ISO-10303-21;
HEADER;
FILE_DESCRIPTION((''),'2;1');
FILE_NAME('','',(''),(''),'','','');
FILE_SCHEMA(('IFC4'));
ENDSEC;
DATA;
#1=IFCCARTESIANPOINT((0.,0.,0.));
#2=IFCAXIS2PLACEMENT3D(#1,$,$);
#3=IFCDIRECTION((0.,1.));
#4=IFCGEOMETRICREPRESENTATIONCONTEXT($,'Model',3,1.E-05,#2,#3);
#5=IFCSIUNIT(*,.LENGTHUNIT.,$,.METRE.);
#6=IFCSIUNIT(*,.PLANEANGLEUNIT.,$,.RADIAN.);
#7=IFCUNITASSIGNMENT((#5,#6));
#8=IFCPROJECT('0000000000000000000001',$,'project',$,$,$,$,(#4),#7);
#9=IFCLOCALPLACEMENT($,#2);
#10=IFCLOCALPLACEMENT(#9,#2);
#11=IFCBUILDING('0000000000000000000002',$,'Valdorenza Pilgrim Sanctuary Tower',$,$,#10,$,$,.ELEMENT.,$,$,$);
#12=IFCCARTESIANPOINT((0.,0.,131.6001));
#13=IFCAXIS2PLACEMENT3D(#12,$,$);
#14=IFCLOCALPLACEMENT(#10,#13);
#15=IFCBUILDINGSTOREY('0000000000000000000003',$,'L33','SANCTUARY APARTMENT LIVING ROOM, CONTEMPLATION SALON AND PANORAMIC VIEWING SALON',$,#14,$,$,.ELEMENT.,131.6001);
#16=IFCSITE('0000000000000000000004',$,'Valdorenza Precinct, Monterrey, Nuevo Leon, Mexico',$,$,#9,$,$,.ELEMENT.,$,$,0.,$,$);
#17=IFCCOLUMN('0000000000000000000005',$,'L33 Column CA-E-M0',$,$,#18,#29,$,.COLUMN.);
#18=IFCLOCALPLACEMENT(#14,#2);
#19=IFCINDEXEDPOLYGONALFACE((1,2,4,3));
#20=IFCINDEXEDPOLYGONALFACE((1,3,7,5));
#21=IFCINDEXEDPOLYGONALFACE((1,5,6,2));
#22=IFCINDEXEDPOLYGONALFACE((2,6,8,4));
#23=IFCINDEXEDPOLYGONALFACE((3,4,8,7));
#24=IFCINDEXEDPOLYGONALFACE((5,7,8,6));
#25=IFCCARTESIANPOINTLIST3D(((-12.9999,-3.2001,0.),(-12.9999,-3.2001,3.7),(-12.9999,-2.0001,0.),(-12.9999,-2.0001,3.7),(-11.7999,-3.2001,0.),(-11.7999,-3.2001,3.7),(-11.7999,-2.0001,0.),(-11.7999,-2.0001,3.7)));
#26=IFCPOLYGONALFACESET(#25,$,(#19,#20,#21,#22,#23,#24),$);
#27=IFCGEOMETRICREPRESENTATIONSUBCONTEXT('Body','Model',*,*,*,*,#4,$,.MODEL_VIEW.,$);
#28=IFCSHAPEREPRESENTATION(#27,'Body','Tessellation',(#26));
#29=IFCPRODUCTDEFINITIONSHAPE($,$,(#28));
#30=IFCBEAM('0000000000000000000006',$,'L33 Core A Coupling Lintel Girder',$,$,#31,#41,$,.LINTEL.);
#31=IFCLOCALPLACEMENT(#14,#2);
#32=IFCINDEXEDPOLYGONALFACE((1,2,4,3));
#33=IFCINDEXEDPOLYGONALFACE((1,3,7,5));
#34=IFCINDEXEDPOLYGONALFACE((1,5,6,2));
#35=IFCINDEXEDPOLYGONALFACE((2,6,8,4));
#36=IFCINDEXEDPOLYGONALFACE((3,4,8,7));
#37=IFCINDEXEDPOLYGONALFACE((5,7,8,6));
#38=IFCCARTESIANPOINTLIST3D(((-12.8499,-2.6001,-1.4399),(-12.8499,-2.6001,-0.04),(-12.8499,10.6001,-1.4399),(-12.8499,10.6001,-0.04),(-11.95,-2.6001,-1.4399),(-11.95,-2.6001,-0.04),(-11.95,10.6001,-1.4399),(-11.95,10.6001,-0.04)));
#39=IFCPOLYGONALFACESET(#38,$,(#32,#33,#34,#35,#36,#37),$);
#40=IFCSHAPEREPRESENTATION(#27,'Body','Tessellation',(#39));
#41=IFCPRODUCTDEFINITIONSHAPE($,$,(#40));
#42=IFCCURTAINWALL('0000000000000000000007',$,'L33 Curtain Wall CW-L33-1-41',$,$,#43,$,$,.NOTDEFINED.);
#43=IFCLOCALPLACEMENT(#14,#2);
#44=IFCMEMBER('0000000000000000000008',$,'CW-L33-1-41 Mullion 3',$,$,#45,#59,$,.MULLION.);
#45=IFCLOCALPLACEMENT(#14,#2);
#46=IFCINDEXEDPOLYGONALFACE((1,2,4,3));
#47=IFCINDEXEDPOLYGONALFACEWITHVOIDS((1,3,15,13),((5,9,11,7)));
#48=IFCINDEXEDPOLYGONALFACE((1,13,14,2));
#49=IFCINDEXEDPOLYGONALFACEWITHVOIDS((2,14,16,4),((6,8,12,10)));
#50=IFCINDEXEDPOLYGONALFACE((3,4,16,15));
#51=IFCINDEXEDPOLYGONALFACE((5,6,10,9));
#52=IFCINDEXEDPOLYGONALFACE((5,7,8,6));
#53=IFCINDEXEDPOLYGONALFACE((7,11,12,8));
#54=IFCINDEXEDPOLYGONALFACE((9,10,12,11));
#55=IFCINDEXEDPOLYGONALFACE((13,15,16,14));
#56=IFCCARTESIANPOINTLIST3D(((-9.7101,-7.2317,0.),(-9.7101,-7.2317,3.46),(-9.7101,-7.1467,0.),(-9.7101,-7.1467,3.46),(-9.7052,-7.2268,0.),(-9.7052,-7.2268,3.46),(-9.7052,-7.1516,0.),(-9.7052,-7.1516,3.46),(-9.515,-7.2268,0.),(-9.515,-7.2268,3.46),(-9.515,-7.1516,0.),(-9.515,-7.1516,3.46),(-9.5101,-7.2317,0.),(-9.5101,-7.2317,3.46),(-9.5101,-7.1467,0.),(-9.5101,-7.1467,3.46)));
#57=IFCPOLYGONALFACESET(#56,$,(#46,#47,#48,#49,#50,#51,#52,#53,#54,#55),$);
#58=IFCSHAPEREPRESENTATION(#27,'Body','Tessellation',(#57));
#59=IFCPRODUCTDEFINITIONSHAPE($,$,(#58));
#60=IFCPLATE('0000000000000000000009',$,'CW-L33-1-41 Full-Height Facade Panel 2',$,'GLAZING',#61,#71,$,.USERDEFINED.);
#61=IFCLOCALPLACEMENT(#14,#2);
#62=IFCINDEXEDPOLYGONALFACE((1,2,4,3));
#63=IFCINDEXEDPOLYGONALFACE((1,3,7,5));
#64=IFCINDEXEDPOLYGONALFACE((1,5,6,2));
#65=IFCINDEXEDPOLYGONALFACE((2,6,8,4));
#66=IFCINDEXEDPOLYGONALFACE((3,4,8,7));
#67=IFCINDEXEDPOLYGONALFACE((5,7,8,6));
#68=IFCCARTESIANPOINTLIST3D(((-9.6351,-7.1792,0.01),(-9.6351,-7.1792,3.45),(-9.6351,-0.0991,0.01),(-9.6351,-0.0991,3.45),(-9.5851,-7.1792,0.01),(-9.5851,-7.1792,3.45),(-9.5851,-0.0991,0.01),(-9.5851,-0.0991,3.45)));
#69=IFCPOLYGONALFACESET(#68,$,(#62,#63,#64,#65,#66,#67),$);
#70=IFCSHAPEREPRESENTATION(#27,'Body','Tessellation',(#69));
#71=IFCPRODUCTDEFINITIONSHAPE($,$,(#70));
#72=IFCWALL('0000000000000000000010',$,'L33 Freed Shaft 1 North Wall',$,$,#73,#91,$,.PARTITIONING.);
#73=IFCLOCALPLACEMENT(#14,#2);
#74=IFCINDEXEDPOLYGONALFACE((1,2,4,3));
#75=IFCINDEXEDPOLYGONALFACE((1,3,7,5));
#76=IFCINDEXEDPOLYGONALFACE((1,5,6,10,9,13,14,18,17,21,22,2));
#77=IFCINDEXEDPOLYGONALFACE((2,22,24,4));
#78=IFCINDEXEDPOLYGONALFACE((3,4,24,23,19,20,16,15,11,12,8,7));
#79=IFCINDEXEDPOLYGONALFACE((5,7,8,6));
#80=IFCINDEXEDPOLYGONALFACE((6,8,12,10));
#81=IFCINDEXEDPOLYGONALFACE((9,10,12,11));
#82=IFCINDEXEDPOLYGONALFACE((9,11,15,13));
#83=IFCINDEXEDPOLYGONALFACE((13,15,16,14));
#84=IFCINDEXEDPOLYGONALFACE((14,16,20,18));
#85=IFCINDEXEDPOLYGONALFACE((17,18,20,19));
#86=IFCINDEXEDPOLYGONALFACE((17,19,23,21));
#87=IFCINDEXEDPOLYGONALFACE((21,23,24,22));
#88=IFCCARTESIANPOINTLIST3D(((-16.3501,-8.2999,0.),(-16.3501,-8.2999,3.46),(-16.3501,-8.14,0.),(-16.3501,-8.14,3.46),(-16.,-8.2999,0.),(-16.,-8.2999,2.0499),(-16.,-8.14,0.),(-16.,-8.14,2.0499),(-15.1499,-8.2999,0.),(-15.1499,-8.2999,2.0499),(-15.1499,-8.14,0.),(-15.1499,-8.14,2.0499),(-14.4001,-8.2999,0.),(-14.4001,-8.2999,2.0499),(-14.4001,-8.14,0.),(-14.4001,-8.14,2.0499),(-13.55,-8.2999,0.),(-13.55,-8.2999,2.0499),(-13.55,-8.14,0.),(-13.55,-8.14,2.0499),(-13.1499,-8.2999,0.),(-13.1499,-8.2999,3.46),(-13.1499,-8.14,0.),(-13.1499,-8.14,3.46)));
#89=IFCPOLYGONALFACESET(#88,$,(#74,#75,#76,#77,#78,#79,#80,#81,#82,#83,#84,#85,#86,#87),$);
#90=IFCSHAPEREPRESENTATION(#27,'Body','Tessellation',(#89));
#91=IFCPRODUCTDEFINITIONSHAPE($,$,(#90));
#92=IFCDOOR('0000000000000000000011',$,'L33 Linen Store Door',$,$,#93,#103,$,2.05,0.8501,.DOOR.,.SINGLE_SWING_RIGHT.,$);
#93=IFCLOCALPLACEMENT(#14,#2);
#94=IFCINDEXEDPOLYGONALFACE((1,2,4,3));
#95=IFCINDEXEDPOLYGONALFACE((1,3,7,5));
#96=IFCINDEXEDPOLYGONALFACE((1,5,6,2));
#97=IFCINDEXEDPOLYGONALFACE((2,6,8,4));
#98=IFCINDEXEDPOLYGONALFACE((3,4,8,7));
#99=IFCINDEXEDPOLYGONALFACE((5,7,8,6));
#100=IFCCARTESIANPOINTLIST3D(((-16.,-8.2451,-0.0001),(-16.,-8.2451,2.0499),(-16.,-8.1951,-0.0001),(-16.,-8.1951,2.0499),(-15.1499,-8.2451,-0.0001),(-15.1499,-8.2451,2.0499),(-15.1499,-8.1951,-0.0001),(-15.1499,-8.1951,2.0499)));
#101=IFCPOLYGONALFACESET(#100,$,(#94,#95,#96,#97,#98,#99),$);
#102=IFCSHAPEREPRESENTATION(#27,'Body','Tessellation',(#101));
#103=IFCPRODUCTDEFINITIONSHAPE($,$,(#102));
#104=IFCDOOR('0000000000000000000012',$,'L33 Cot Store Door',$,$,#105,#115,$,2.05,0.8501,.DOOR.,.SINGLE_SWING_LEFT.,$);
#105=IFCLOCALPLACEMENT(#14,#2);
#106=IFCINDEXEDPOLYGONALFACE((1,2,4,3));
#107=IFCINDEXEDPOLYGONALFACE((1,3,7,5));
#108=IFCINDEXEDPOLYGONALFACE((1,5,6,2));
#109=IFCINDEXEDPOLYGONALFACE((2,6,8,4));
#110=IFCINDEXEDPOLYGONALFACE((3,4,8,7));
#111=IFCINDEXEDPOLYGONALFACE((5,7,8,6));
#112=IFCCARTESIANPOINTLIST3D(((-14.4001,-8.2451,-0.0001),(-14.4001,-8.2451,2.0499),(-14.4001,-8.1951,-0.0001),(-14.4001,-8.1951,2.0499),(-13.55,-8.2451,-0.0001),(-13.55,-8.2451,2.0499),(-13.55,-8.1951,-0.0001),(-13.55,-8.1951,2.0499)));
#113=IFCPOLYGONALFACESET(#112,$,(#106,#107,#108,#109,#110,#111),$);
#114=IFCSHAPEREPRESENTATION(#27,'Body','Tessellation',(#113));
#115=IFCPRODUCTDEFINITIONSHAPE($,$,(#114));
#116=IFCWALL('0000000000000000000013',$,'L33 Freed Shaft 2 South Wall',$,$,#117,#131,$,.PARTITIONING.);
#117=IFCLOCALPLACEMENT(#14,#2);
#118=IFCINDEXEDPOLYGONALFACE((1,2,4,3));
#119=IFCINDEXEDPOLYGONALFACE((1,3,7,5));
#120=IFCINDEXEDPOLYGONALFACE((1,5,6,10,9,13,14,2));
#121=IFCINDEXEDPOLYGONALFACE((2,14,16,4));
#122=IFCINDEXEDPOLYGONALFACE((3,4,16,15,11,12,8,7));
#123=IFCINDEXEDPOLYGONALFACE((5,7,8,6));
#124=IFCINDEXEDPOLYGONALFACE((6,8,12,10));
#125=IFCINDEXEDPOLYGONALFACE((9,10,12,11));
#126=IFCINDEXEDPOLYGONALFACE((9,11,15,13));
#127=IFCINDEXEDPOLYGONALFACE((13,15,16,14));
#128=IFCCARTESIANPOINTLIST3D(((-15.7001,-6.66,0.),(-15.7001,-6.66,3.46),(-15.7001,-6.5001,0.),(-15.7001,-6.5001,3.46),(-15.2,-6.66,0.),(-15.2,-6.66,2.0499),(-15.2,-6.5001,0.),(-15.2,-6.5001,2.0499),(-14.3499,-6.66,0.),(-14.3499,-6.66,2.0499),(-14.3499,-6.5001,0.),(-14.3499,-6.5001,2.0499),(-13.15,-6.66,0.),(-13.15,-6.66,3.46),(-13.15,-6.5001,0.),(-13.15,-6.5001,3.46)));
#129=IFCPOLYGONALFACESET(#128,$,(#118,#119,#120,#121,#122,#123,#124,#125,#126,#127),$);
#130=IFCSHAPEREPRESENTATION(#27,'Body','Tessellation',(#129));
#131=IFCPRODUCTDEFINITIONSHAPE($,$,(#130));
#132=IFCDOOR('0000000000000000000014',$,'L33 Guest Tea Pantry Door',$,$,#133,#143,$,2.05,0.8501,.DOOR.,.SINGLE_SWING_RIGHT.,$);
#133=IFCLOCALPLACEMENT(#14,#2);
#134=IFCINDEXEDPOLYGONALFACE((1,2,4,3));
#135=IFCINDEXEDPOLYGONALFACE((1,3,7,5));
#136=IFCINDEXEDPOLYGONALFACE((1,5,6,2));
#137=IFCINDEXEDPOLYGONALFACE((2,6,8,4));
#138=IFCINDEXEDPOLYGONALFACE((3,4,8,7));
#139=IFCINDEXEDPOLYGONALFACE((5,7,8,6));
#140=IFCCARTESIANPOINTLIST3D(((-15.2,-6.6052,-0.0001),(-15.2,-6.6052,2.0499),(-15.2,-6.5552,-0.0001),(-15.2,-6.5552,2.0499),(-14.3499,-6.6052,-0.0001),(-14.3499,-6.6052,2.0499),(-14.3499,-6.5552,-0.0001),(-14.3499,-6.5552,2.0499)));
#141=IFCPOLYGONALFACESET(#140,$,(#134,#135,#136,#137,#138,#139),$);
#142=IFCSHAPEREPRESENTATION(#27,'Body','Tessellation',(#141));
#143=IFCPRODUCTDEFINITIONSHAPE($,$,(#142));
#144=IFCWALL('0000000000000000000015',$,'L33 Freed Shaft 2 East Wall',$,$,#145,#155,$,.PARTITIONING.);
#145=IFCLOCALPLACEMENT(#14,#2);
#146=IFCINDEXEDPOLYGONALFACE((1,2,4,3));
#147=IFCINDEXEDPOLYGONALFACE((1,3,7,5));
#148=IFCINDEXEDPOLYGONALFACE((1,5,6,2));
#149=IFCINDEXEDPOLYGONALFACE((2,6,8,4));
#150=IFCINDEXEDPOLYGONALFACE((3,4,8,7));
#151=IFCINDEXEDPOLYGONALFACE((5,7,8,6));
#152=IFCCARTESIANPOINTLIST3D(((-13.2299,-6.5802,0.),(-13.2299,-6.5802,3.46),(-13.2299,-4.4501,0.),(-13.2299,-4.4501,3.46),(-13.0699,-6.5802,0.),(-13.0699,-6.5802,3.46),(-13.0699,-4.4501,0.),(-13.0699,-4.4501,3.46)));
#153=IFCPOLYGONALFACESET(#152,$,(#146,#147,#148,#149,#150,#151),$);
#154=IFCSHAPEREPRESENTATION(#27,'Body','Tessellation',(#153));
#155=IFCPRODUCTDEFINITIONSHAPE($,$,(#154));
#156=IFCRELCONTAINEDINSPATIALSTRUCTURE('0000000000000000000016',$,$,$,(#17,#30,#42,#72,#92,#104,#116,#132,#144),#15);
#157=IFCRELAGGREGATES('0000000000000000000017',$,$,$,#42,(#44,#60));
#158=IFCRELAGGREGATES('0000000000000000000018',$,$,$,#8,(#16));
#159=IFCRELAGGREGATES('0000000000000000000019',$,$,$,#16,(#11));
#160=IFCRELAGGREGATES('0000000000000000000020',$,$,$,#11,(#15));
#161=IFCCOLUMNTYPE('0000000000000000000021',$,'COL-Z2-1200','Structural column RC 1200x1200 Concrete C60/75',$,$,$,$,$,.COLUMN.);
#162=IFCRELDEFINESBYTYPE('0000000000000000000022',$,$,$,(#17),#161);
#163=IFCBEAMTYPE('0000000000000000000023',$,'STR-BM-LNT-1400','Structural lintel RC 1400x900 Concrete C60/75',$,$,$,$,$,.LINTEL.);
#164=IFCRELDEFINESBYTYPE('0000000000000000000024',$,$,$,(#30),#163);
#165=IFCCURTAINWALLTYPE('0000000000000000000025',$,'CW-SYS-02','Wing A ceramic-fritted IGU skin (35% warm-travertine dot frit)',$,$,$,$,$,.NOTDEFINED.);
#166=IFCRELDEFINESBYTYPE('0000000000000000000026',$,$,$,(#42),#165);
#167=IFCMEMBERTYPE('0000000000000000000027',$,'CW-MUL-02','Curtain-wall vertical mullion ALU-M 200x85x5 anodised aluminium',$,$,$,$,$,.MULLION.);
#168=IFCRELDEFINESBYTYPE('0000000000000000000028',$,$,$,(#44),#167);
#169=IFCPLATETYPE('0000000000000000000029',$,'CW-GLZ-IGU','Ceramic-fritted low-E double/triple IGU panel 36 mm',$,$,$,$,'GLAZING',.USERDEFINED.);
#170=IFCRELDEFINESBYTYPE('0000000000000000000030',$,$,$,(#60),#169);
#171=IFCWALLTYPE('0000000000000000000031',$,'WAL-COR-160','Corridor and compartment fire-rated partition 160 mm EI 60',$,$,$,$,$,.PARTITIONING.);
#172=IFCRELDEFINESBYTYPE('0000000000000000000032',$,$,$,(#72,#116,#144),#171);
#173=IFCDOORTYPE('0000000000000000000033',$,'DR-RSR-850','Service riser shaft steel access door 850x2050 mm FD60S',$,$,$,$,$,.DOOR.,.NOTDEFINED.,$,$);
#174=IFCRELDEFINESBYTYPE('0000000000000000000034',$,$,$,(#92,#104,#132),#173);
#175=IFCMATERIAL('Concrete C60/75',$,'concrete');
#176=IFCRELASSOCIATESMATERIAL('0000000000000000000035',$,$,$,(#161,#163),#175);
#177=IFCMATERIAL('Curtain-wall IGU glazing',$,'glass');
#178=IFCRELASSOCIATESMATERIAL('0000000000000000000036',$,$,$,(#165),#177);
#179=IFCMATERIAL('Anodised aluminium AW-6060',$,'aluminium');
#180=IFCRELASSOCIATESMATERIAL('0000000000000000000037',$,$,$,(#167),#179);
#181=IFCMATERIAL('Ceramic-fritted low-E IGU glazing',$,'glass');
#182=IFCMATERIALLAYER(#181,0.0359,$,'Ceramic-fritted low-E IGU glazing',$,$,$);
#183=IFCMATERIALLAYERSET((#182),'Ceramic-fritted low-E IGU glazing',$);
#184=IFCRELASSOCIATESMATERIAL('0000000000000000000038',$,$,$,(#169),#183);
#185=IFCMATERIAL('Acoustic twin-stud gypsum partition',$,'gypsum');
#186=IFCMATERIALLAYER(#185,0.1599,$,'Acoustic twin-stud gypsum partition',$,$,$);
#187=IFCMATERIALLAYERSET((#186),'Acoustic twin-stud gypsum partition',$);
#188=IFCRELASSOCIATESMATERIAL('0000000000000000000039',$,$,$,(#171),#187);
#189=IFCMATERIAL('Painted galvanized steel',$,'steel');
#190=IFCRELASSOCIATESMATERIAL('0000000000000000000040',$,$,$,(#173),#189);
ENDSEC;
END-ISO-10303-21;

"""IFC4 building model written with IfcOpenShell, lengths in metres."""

from ifc_helpers import new_model, si_unit, direction, frame, frame_2d, origin, origin_2d, place, context, subcontext, project, spatial, rectangle, hollow_rectangle, extrude, source, transform, mapped, material, layer, layer_set, material_profile, profile_set, type_object, element, fill, aggregate, save


model = new_model("IFC4")

# Units and contexts
model_context = context("Model", 3, precision=1e-05, world=origin(), true_north=direction((0.0, 1.0)))
body_context = subcontext(model_context, "Body", "Model", "MODEL_VIEW")
ifc_project = project(units=[si_unit("LENGTHUNIT", "METRE"), si_unit("PLANEANGLEUNIT", "RADIAN")], contexts=[model_context])

# Site, building, storey
site_placement = place(None, origin())
site = spatial("IfcSite", under=ifc_project, at=site_placement, Name="Valdorenza Precinct, Monterrey, Nuevo Leon, Mexico", CompositionType="ELEMENT", RefElevation=0.0)
building_placement = place(site_placement, origin())
building = spatial("IfcBuilding", under=site, at=building_placement, Name="Valdorenza Pilgrim Sanctuary Tower", CompositionType="ELEMENT")
storey_placement = place(building_placement, frame((0.0, 0.0, 131.6001)))
storey = spatial("IfcBuildingStorey", under=building, at=storey_placement, Name="L33", Description="SANCTUARY APARTMENT LIVING ROOM, CONTEMPLATION SALON AND PANORAMIC VIEWING SALON", CompositionType="ELEMENT", Elevation=131.6001)

# Column
ifc_material_1 = material(Name="Concrete C60/75", Category="concrete")
ifc_material_profile_1 = material_profile(ifc_material_1, rectangle(XDim=1.2, YDim=1.2, at=origin_2d()), Name="RC 1200x1200")
ifc_profile_set_1 = profile_set([ifc_material_profile_1], Name="Concrete C60/75")
column_type = type_object("IfcColumnType", Name="COL-Z2-1200", Description="Structural column RC 1200x1200 Concrete C60/75", PredefinedType="COLUMN", material=ifc_profile_set_1)
shared_shape_1 = source(origin(), body_context, "Body", "SweptSolid", [
    extrude(rectangle(XDim=1.2, YDim=1.2, at=origin_2d()), origin(), (0.0, 0.0, 1.0), 3.7),
])
column_placement = place(storey_placement, frame((-12.3999, -2.6001, 0.0), z_axis=(0.0, 0.0, 1.0), x_axis=(1.0, 0.0, 0.0)))
element("IfcColumn", 1, at=column_placement, inside=storey, type_object=column_type, Name="L33 Column CA-E-M0", PredefinedType="COLUMN", context=body_context, shape_type="MappedRepresentation", body=[
    mapped(shared_shape_1, transform((0.0, 0.0, 0.0), x_axis=(1.0, 0.0, 0.0), y_axis=(0.0, 1.0, 0.0), z_axis=(0.0, 0.0, 1.0), scale=1.0)),
])

# Beam
ifc_material_profile_2 = material_profile(ifc_material_1, rectangle(XDim=0.8999, YDim=1.3999, at=origin_2d()), Name="RC 1400x900")
ifc_profile_set_2 = profile_set([ifc_material_profile_2], Name="Concrete C60/75")
beam_type = type_object("IfcBeamType", Name="STR-BM-LNT-1400", Description="Structural lintel RC 1400x900 Concrete C60/75", PredefinedType="LINTEL", material=ifc_profile_set_2)
shared_shape_2 = source(origin(), body_context, "Body", "SweptSolid", [
    extrude(rectangle(XDim=0.8999, YDim=1.3999, at=origin_2d()), origin(), (0.0, 0.0, 1.0), 13.2002),
])
beam_placement = place(storey_placement, frame((-12.3999, -2.6001, -0.74), z_axis=(0.0, 1.0, 0.0), x_axis=(-1.0, 0.0, 0.0)))
element("IfcBeam", 2, at=beam_placement, inside=storey, type_object=beam_type, Name="L33 Core A Coupling Lintel Girder", PredefinedType="LINTEL", context=body_context, shape_type="MappedRepresentation", body=[
    mapped(shared_shape_2, transform((0.0, 0.0, 0.0), x_axis=(1.0, 0.0, 0.0), y_axis=(0.0, 1.0, 0.0), z_axis=(0.0, 0.0, 1.0), scale=1.0)),
])

# Curtain wall, member, plate
ifc_material_2 = material(Name="Curtain-wall IGU glazing", Category="glass")
curtain_wall_type = type_object("IfcCurtainWallType", Name="CW-SYS-02", Description="Wing A ceramic-fritted IGU skin (35% warm-travertine dot frit)", PredefinedType="NOTDEFINED", material=ifc_material_2)
curtain_wall_placement = place(storey_placement, origin())
curtain_wall = element("IfcCurtainWall", 3, at=curtain_wall_placement, inside=storey, type_object=curtain_wall_type, Name="L33 Curtain Wall CW-L33-1-41", PredefinedType="NOTDEFINED")
ifc_material_3 = material(Name="Anodised aluminium AW-6060", Category="aluminium")
ifc_material_profile_3 = material_profile(ifc_material_3, hollow_rectangle(XDim=0.085, YDim=0.2, WallThickness=0.0049, at=origin_2d()), Name="ALU-M 200x85x5")
ifc_profile_set_3 = profile_set([ifc_material_profile_3], Name="Anodised aluminium AW-6060")
member_type = type_object("IfcMemberType", Name="CW-MUL-02", Description="Curtain-wall vertical mullion ALU-M 200x85x5 anodised aluminium", PredefinedType="MULLION", material=ifc_profile_set_3)
shared_shape_3 = source(origin(), body_context, "Body", "SweptSolid", [
    extrude(hollow_rectangle(XDim=0.085, YDim=0.2, WallThickness=0.0049, at=origin_2d()), origin(), (0.0, 0.0, 1.0), 3.46),
])
member_placement = place(storey_placement, frame((-9.6101, -7.1892, 0.0), z_axis=(0.0, 0.0, 1.0), x_axis=(0.0, -1.0, 0.0)))
member = element("IfcMember", 4, at=member_placement, type_object=member_type, Name="CW-L33-1-41 Mullion 3", PredefinedType="MULLION", context=body_context, shape_type="MappedRepresentation", body=[
    mapped(shared_shape_3, transform((0.0, 0.0, 0.0), x_axis=(1.0, 0.0, 0.0), y_axis=(0.0, 1.0, 0.0), z_axis=(0.0, 0.0, 1.0), scale=1.0)),
])
ifc_material_4 = material(Name="Ceramic-fritted low-E IGU glazing", Category="glass")
ifc_layer_1 = layer(ifc_material_4, 0.0359, Name="Ceramic-fritted low-E IGU glazing")
ifc_layer_set_1 = layer_set([ifc_layer_1], Name="Ceramic-fritted low-E IGU glazing")
plate_type = type_object("IfcPlateType", Name="CW-GLZ-IGU", Description="Ceramic-fritted low-E double/triple IGU panel 36 mm", ElementType="GLAZING", PredefinedType="USERDEFINED", material=ifc_layer_set_1)
shared_shape_4 = source(origin(), body_context, "Body", "SweptSolid", [
    extrude(rectangle(XDim=7.0801, YDim=0.05, at=origin_2d()), origin(), (0.0, 0.0, 1.0), 3.4399),
])
plate_placement = place(storey_placement, frame((-9.6101, -3.6392, 0.01), z_axis=(0.0, 0.0, 1.0), x_axis=(0.0, -1.0, 0.0)))
plate = element("IfcPlate", 5, at=plate_placement, type_object=plate_type, Name="CW-L33-1-41 Full-Height Facade Panel 2", ObjectType="GLAZING", PredefinedType="USERDEFINED", context=body_context, shape_type="MappedRepresentation", body=[
    mapped(shared_shape_4, transform((0.0, 0.0, 0.0), x_axis=(1.0, 0.0, 0.0), y_axis=(0.0, 1.0, 0.0), z_axis=(0.0, 0.0, 1.0), scale=1.0)),
])
aggregate(curtain_wall, [member, plate])

# Wall, openings, doors
ifc_material_5 = material(Name="Acoustic twin-stud gypsum partition", Category="gypsum")
ifc_layer_2 = layer(ifc_material_5, 0.1599, Name="Acoustic twin-stud gypsum partition")
ifc_layer_set_2 = layer_set([ifc_layer_2], Name="Acoustic twin-stud gypsum partition")
wall_type_1 = type_object("IfcWallType", Name="WAL-COR-160", Description="Corridor and compartment fire-rated partition 160 mm EI 60", PredefinedType="PARTITIONING", material=ifc_layer_set_2)
wall_1_placement = place(storey_placement, frame((-16.3501, -8.22, 0.0), z_axis=(0.0, 0.0, 1.0), x_axis=(1.0, 0.0, 0.0)))
wall_1 = element("IfcWall", 6, at=wall_1_placement, inside=storey, type_object=wall_type_1, Name="L33 Freed Shaft 1 North Wall", PredefinedType="PARTITIONING", context=body_context, shape_type="SweptSolid", body=[
    extrude(rectangle(XDim=3.2002, YDim=0.1599, at=frame_2d((1.6001, 0.0))), origin(), (0.0, 0.0, 1.0), 3.46),
])
opening_1_placement = place(wall_1_placement, frame((0.3501, 0.0, 0.0)))
opening_1 = element("IfcOpeningElement", 7, at=opening_1_placement, cuts=wall_1, PredefinedType="OPENING", context=body_context, shape_type="SweptSolid", body=[
    extrude(rectangle(XDim=0.8501, YDim=2.05, at=frame_2d((0.425, 1.0249))), frame((0.0, 0.0947, 0.0), z_axis=(0.0, -1.0, 0.0), x_axis=(1.0, 0.0, 0.0)), (0.0, 0.0, 1.0), 0.1897),
])
opening_2_placement = place(wall_1_placement, frame((1.95, 0.0, 0.0)))
opening_2 = element("IfcOpeningElement", 8, at=opening_2_placement, cuts=wall_1, PredefinedType="OPENING", context=body_context, shape_type="SweptSolid", body=[
    extrude(rectangle(XDim=0.8501, YDim=2.05, at=frame_2d((0.425, 1.0249))), frame((0.0, 0.0947, 0.0), z_axis=(0.0, -1.0, 0.0), x_axis=(1.0, 0.0, 0.0)), (0.0, 0.0, 1.0), 0.1897),
])
ifc_material_6 = material(Name="Painted galvanized steel", Category="steel")
door_type_1 = type_object("IfcDoorType", Name="DR-RSR-850", Description="Service riser shaft steel access door 850x2050 mm FD60S", OperationType="NOTDEFINED", PredefinedType="DOOR", material=ifc_material_6)
door_1_placement = place(opening_1_placement, origin())
door_1 = element("IfcDoor", 9, at=door_1_placement, inside=storey, type_object=door_type_1, Name="L33 Linen Store Door", OperationType="SINGLE_SWING_RIGHT", OverallHeight=2.05, OverallWidth=0.8501, PredefinedType="DOOR", context=body_context, shape_type="SweptSolid", body=[
    extrude(rectangle(XDim=0.8501, YDim=2.05, at=frame_2d((0.425, 1.0249))), frame((0.0, 0.0249, 0.0), z_axis=(0.0, -1.0, 0.0), x_axis=(1.0, 0.0, 0.0)), (0.0, 0.0, 1.0), 0.05),
])
fill(opening_1, door_1)
door_2_placement = place(opening_2_placement, origin())
door_2 = element("IfcDoor", 10, at=door_2_placement, inside=storey, type_object=door_type_1, Name="L33 Cot Store Door", OperationType="SINGLE_SWING_LEFT", OverallHeight=2.05, OverallWidth=0.8501, PredefinedType="DOOR", context=body_context, shape_type="SweptSolid", body=[
    extrude(rectangle(XDim=0.8501, YDim=2.05, at=frame_2d((0.425, 1.0249))), frame((0.0, 0.0249, 0.0), z_axis=(0.0, -1.0, 0.0), x_axis=(1.0, 0.0, 0.0)), (0.0, 0.0, 1.0), 0.05),
])
fill(opening_2, door_2)

# Wall, opening, door
wall_2_placement = place(storey_placement, frame((-15.7, -6.5801, 0.0), z_axis=(0.0, 0.0, 1.0), x_axis=(1.0, 0.0, 0.0)))
wall_2 = element("IfcWall", 11, at=wall_2_placement, inside=storey, type_object=wall_type_1, Name="L33 Freed Shaft 2 South Wall", PredefinedType="PARTITIONING", context=body_context, shape_type="SweptSolid", body=[
    extrude(rectangle(XDim=2.55, YDim=0.1599, at=frame_2d((1.2749, 0.0))), origin(), (0.0, 0.0, 1.0), 3.46),
])
opening_3_placement = place(wall_2_placement, frame((0.5, 0.0, 0.0)))
opening_3 = element("IfcOpeningElement", 12, at=opening_3_placement, cuts=wall_2, PredefinedType="OPENING", context=body_context, shape_type="SweptSolid", body=[
    extrude(rectangle(XDim=0.8501, YDim=2.05, at=frame_2d((0.425, 1.0249))), frame((0.0, 0.0947, 0.0), z_axis=(0.0, -1.0, 0.0), x_axis=(1.0, 0.0, 0.0)), (0.0, 0.0, 1.0), 0.1897),
])
door_3_placement = place(opening_3_placement, origin())
door_3 = element("IfcDoor", 13, at=door_3_placement, inside=storey, type_object=door_type_1, Name="L33 Guest Tea Pantry Door", OperationType="SINGLE_SWING_RIGHT", OverallHeight=2.05, OverallWidth=0.8501, PredefinedType="DOOR", context=body_context, shape_type="SweptSolid", body=[
    extrude(rectangle(XDim=0.8501, YDim=2.05, at=frame_2d((0.425, 1.0249))), frame((0.0, 0.0249, 0.0), z_axis=(0.0, -1.0, 0.0), x_axis=(1.0, 0.0, 0.0)), (0.0, 0.0, 1.0), 0.05),
])
fill(opening_3, door_3)

# Wall
wall_3_placement = place(storey_placement, frame((-13.1499, -6.5801, 0.0), z_axis=(0.0, 0.0, 1.0), x_axis=(0.0, 1.0, 0.0)))
element("IfcWall", 14, at=wall_3_placement, inside=storey, type_object=wall_type_1, Name="L33 Freed Shaft 2 East Wall", PredefinedType="PARTITIONING", context=body_context, shape_type="SweptSolid", body=[
    extrude(rectangle(XDim=2.1301, YDim=0.1599, at=frame_2d((1.0649, 0.0))), origin(), (0.0, 0.0, 1.0), 3.46),
])

save(model, "model.ifc")
